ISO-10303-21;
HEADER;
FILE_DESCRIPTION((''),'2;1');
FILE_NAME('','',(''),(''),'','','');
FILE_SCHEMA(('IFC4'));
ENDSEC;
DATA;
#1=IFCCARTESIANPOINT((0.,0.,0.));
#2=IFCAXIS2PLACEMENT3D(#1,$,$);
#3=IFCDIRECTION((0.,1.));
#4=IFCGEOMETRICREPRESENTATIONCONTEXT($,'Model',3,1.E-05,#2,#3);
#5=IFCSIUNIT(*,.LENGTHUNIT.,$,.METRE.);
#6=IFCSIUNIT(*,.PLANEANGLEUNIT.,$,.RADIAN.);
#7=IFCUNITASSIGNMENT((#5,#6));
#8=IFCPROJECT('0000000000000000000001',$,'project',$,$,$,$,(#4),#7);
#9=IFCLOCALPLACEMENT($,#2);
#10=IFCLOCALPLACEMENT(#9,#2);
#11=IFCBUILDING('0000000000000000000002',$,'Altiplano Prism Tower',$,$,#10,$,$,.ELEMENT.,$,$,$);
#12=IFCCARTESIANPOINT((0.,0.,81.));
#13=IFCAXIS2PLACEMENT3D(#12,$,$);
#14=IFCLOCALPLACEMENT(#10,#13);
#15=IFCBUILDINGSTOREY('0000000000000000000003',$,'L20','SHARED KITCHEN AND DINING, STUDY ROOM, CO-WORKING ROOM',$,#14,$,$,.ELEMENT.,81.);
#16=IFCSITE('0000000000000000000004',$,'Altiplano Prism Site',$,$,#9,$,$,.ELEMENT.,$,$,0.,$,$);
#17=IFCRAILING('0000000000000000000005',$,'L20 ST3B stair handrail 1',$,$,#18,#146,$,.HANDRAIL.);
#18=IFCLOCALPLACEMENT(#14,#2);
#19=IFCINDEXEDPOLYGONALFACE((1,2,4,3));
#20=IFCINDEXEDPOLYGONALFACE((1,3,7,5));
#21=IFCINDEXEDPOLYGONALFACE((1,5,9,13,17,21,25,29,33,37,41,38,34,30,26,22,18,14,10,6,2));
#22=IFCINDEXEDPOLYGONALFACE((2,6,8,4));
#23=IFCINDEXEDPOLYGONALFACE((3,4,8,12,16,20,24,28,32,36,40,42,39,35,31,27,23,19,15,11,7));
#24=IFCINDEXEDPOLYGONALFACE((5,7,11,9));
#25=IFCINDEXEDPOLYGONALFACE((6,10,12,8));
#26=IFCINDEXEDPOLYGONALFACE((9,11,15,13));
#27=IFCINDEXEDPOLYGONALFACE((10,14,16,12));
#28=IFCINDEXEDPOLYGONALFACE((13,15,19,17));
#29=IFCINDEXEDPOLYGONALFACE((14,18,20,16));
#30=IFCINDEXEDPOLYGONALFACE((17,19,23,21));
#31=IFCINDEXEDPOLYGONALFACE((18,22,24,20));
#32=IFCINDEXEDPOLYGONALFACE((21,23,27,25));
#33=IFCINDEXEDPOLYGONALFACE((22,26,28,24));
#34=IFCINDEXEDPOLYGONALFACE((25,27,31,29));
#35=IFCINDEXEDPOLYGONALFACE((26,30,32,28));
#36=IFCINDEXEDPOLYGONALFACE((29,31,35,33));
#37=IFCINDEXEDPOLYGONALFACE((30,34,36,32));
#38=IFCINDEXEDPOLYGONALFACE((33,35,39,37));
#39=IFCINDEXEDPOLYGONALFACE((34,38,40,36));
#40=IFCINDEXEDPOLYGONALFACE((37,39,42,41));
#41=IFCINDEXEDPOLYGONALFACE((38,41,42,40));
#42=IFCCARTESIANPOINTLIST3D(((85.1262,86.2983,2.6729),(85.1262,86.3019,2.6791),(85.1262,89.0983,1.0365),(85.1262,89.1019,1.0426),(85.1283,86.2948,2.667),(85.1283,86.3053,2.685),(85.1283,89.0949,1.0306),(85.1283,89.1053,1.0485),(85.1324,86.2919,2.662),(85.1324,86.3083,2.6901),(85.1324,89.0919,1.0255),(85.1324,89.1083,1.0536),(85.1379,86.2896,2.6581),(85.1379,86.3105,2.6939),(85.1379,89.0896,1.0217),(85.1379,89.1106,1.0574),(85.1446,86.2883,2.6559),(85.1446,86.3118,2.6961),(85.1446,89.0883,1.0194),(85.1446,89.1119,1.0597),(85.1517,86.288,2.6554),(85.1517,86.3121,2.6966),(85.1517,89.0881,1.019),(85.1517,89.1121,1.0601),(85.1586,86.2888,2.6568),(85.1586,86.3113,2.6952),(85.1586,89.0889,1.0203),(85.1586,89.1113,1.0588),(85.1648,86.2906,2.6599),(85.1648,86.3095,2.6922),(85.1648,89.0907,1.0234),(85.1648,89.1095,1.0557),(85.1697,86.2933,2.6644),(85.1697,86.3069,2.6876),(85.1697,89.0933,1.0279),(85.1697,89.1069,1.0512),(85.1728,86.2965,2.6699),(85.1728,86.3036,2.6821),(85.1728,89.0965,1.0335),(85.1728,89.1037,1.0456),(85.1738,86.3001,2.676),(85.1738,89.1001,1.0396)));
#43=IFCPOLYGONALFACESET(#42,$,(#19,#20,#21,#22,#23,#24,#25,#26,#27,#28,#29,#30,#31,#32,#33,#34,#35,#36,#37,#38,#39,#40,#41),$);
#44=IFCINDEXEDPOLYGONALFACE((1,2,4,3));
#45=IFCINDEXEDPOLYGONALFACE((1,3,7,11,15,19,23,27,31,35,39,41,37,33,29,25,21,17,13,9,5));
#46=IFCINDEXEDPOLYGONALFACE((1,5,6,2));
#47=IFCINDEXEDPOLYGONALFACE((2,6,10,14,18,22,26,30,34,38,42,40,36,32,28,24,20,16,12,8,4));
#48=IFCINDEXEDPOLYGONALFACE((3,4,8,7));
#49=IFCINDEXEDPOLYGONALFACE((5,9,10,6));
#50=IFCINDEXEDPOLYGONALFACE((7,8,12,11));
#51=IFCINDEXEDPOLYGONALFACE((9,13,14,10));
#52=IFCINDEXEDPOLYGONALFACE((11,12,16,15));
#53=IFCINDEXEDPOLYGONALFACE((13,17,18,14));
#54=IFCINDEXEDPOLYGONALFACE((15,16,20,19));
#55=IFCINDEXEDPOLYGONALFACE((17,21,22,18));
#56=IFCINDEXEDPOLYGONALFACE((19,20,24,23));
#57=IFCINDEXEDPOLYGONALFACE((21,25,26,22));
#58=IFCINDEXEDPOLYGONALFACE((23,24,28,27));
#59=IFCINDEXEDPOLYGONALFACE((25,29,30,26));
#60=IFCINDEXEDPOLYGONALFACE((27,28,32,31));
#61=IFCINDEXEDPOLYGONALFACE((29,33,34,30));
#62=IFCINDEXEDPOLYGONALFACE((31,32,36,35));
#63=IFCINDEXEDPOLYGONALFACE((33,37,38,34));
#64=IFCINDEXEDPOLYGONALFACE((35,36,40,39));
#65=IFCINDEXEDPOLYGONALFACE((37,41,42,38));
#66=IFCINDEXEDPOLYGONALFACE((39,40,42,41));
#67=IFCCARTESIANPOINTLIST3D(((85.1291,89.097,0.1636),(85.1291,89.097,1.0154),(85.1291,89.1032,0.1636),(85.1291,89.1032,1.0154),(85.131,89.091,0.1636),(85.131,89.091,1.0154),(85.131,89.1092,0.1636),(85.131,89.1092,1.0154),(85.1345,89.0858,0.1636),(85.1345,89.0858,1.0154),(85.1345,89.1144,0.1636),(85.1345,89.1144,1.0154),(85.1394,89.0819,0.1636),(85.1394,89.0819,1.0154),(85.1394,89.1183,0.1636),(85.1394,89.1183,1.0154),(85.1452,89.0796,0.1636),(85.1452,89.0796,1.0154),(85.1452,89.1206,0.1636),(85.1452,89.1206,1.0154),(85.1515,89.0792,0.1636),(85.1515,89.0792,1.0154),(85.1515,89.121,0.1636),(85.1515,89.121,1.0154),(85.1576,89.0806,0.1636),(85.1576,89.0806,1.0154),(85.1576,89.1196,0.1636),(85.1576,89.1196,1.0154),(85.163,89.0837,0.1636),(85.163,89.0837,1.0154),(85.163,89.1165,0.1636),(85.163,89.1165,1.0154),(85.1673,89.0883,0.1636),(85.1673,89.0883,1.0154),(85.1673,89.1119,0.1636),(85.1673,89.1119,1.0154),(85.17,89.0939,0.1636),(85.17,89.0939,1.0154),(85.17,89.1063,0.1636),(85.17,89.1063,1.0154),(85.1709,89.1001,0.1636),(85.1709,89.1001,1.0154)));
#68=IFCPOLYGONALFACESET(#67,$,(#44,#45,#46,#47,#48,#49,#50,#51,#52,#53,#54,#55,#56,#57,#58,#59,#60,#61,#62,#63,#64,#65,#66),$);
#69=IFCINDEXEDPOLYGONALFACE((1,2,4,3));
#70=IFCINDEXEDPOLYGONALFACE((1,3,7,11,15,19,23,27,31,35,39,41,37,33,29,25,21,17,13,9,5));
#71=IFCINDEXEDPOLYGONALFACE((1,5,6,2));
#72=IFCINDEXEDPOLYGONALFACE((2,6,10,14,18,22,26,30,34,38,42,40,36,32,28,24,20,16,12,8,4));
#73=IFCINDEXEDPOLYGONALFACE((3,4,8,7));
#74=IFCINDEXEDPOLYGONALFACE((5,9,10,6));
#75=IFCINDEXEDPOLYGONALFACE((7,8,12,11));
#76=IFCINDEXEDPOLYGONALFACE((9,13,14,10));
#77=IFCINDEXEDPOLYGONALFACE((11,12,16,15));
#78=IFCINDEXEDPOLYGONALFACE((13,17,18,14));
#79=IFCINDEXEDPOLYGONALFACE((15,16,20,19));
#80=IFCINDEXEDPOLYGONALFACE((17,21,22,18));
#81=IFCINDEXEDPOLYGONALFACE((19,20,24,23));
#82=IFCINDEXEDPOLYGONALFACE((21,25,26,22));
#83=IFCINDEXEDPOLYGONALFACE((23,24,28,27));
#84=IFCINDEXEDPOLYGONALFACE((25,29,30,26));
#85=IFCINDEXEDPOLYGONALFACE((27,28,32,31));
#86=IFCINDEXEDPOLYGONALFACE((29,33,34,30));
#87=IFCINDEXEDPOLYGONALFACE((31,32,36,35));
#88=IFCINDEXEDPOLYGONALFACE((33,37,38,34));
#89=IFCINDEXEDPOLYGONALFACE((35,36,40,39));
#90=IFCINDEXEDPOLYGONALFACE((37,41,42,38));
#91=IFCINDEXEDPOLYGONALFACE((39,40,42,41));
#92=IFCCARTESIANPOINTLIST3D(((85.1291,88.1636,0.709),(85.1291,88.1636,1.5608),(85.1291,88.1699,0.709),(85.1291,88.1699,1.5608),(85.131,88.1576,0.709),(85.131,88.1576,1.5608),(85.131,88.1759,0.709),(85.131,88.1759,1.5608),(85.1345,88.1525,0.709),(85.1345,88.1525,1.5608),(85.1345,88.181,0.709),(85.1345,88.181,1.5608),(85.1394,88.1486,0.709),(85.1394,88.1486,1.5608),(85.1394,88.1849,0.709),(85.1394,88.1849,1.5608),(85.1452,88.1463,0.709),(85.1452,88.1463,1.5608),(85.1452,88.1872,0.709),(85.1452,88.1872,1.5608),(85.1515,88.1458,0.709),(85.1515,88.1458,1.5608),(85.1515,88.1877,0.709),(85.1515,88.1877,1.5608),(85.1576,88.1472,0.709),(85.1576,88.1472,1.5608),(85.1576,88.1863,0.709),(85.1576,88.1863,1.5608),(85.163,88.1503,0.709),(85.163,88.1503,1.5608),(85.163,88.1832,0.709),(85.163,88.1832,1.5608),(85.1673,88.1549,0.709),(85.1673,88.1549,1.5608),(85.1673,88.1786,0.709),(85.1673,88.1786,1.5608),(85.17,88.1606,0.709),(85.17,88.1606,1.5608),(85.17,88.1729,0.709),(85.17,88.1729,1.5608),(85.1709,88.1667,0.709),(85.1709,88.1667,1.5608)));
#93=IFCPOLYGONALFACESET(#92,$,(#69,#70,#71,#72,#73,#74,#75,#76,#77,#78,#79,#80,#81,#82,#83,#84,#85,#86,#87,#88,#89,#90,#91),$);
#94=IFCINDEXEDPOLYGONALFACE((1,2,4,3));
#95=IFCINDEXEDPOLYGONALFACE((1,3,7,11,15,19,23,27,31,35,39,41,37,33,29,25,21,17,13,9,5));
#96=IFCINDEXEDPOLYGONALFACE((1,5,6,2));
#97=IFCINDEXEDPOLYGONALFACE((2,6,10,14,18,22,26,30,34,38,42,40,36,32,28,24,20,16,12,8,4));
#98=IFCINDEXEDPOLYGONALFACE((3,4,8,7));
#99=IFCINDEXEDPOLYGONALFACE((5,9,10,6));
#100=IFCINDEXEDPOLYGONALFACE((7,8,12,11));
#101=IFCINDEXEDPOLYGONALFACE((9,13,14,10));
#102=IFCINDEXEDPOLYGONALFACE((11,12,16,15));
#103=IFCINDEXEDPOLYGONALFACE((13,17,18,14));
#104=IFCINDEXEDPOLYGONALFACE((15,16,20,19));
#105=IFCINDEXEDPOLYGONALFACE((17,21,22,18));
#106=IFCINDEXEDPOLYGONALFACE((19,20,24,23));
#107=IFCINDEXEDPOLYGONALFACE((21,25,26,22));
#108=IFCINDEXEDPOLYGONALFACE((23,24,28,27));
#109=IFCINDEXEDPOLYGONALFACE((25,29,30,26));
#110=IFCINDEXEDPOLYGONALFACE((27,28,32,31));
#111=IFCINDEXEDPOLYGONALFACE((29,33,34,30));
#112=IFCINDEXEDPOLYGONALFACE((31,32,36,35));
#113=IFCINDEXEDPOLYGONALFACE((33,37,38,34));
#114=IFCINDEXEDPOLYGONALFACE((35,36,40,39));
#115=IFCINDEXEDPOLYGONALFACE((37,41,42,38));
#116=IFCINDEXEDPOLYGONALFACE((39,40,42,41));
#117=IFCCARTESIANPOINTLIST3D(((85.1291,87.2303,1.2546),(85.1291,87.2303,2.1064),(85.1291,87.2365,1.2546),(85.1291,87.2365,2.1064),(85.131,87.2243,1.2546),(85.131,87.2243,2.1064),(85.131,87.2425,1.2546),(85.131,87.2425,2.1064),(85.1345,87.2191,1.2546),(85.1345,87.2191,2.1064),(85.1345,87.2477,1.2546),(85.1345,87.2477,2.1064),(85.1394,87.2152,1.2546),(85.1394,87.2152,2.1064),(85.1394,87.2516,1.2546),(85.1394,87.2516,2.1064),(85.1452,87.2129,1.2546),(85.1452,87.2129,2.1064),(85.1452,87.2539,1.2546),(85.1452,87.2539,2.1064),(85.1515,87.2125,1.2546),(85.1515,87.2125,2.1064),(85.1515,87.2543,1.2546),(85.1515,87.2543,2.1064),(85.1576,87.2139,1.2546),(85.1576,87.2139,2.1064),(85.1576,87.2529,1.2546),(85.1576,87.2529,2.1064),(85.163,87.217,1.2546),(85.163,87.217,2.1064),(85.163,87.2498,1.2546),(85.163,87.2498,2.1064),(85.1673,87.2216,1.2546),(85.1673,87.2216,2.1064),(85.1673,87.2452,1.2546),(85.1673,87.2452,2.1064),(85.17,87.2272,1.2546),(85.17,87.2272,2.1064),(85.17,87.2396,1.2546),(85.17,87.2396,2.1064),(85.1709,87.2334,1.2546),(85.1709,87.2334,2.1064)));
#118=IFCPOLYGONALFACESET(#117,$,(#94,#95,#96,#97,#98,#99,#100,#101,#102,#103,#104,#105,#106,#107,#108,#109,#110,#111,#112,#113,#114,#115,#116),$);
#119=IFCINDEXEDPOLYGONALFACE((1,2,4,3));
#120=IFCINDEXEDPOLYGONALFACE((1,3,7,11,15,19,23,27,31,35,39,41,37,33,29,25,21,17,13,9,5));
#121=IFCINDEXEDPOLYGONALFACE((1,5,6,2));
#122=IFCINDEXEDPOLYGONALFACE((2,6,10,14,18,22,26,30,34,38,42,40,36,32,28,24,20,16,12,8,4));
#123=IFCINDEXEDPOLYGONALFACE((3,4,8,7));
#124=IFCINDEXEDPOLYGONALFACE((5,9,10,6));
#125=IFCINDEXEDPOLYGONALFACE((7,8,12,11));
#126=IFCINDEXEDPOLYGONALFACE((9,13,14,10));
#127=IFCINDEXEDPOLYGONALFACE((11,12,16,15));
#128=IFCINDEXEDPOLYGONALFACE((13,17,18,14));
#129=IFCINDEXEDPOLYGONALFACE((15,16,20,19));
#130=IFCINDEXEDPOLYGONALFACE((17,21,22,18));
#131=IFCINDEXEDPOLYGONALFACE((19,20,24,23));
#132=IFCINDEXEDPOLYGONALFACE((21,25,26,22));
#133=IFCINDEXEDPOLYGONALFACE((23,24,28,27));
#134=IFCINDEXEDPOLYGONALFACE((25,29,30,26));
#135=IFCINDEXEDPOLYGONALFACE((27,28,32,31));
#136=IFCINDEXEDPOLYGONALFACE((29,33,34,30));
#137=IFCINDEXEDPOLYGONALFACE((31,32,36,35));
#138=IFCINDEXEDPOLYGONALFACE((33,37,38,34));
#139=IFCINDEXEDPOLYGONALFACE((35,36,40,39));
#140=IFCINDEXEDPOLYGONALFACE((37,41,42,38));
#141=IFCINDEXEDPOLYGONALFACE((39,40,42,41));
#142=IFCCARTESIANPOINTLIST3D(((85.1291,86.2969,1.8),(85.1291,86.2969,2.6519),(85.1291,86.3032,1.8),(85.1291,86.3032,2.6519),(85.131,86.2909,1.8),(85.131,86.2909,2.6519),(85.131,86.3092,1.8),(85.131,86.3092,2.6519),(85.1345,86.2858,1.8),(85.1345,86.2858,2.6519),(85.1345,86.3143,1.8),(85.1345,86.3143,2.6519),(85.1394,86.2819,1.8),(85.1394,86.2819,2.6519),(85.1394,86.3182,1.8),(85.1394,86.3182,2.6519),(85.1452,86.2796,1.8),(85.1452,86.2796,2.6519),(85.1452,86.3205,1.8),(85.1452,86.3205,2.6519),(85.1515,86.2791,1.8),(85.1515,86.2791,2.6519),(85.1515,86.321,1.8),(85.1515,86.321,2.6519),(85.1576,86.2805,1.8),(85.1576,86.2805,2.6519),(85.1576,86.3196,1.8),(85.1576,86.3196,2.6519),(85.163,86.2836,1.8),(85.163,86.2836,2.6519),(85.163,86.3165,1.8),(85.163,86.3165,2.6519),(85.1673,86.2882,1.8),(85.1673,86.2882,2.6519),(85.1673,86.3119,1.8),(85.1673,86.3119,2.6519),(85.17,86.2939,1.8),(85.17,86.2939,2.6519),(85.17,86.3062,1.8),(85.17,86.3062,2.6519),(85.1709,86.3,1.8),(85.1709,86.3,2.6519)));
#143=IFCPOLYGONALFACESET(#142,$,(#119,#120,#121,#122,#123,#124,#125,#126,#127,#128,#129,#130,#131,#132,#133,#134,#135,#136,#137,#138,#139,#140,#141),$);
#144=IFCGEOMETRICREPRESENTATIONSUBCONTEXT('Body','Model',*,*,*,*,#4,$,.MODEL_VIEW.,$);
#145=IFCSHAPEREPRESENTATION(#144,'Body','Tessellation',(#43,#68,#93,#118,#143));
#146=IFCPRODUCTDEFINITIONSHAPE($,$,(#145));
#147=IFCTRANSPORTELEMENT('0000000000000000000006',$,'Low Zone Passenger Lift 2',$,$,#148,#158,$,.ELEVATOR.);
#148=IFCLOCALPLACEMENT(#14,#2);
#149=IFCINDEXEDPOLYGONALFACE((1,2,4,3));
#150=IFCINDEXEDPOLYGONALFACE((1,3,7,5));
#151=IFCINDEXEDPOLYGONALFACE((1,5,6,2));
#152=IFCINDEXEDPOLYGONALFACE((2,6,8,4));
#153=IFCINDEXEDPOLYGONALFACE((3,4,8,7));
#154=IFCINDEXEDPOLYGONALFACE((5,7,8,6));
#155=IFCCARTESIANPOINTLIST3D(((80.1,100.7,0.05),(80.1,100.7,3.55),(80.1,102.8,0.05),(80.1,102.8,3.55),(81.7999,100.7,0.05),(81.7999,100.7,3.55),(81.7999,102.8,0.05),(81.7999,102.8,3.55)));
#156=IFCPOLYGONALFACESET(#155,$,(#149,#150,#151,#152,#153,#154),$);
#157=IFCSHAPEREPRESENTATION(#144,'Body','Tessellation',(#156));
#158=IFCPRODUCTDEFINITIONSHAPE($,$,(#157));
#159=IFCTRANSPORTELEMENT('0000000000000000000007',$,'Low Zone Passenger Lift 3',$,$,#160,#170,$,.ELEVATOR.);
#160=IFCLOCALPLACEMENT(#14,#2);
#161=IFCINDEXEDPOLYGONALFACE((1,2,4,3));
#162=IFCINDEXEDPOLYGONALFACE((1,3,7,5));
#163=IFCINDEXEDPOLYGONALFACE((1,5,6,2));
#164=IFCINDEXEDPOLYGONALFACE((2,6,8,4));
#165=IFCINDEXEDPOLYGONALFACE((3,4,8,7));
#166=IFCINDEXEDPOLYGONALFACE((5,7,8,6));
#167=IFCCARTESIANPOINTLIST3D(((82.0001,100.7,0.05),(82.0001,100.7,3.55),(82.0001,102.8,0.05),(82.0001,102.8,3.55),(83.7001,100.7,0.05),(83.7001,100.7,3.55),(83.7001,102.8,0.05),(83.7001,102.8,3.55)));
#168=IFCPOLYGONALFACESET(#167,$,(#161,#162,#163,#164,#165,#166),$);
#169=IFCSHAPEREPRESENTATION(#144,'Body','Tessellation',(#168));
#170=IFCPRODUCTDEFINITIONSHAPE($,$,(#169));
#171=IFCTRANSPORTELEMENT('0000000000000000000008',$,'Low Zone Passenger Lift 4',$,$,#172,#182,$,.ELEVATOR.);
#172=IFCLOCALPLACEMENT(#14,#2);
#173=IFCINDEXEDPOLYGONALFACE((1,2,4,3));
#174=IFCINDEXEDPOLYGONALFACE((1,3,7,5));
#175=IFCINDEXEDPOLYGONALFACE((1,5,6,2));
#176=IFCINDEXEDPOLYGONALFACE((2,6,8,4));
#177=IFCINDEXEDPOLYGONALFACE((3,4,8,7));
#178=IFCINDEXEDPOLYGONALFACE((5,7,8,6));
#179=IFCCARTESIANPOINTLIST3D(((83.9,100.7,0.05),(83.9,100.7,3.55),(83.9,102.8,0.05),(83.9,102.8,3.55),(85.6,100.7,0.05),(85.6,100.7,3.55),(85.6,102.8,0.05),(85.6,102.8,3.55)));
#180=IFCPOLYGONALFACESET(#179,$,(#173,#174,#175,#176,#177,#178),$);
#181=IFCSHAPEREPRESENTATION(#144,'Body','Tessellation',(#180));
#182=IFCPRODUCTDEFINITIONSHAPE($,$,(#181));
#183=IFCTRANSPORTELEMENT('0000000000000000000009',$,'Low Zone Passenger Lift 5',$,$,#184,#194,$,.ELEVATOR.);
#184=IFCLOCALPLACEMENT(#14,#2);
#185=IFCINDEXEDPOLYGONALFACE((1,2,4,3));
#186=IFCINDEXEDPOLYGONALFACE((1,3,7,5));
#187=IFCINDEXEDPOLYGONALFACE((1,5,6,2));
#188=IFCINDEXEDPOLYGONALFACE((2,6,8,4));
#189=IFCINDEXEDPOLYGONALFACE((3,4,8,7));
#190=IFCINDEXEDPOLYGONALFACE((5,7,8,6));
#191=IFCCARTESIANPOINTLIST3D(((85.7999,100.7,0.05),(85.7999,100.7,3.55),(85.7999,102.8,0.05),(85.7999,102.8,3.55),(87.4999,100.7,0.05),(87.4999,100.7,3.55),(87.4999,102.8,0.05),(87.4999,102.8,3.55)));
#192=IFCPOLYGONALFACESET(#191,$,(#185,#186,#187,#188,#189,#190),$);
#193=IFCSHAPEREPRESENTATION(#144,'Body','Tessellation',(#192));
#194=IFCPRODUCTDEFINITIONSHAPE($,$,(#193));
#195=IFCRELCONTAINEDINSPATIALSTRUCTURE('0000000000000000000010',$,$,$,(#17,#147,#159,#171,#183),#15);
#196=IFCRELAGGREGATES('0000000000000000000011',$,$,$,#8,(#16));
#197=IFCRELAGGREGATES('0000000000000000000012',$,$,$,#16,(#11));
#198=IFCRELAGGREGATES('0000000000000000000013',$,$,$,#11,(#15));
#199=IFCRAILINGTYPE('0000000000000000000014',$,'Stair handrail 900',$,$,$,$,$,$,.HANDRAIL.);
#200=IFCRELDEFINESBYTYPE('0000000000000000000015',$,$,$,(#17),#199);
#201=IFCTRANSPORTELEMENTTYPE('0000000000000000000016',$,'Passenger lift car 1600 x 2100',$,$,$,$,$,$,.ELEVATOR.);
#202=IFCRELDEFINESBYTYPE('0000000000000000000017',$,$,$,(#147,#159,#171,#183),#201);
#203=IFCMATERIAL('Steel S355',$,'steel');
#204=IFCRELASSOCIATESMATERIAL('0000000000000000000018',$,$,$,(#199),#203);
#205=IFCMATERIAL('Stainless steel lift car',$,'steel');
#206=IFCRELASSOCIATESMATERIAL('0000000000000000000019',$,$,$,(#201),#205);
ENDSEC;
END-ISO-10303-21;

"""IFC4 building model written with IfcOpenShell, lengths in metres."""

from ifc_helpers import new_model, si_unit, direction, frame, origin, origin_2d, place, context, subcontext, project, spatial, rectangle, circle, extrude, material, type_object, element, save


model = new_model("IFC4")

# Units and contexts
model_context = context("Model", 3, precision=1e-05, world=origin(), true_north=direction((0.0, 1.0)))
body_context = subcontext(model_context, "Body", "Model", "MODEL_VIEW")
ifc_project = project(units=[si_unit("LENGTHUNIT", "METRE"), si_unit("PLANEANGLEUNIT", "RADIAN")], contexts=[model_context])

# Site, building, storey
site_placement = place(None, origin())
site = spatial("IfcSite", under=ifc_project, at=site_placement, Name="Altiplano Prism Site", CompositionType="ELEMENT", RefElevation=0.0)
building_placement = place(site_placement, origin())
building = spatial("IfcBuilding", under=site, at=building_placement, Name="Altiplano Prism Tower", CompositionType="ELEMENT")
storey_placement = place(building_placement, frame((0.0, 0.0, 81.0)))
storey = spatial("IfcBuildingStorey", under=building, at=storey_placement, Name="L20", Description="SHARED KITCHEN AND DINING, STUDY ROOM, CO-WORKING ROOM", CompositionType="ELEMENT", Elevation=81.0)

# Railing
ifc_material_1 = material(Name="Steel S355", Category="steel")
railing_type_1 = type_object("IfcRailingType", Name="Stair handrail 900", PredefinedType="HANDRAIL", material=ifc_material_1)
for number, where, name in (
    (1, (85.1499, 89.1001, 0.1636), "L20 ST3B stair handrail 1"),
):
    element("IfcRailing", number, at=place(storey_placement, frame(where)), inside=storey, type_object=railing_type_1, Name=name, PredefinedType="HANDRAIL", context=body_context, shape_type="SweptSolid", body=[
        extrude(circle(Radius=0.0239, at=origin_2d()), frame((0.0, 0.0, 0.876), z_axis=(0.0, -0.863361, 0.504587), x_axis=(1.0, 0.0, 0.0)), (0.0, 0.0, 1.0), 3.2432),
        extrude(circle(Radius=0.021, at=origin_2d()), origin(), (0.0, 0.0, 1.0), 0.8518),
        extrude(circle(Radius=0.021, at=origin_2d()), frame((0.0, -0.9333, 0.5454)), (0.0, 0.0, 1.0), 0.8518),
        extrude(circle(Radius=0.021, at=origin_2d()), frame((0.0, -1.8667, 1.0911)), (0.0, 0.0, 1.0), 0.8518),
        extrude(circle(Radius=0.021, at=origin_2d()), frame((0.0, -2.8, 1.6365)), (0.0, 0.0, 1.0), 0.8518),
    ])

# Transport elements
ifc_material_2 = material(Name="Stainless steel lift car", Category="steel")
transport_element_type = type_object("IfcTransportElementType", Name="Passenger lift car 1600 x 2100", PredefinedType="ELEVATOR", material=ifc_material_2)
for number, where, z_axis, x_axis, name in (
    (2, (80.95, 101.75, 0.05), (0.0, 0.0, 1.0), (1.0, 0.0, 0.0), "Low Zone Passenger Lift 2"),
    (3, (82.8501, 101.75, 0.05), (0.0, 0.0, 1.0), (1.0, 0.0, 0.0), "Low Zone Passenger Lift 3"),
    (4, (84.75, 101.75, 0.05), (0.0, 0.0, 1.0), (1.0, 0.0, 0.0), "Low Zone Passenger Lift 4"),
    (5, (86.6499, 101.75, 0.05), (0.0, 0.0, 1.0), (1.0, 0.0, 0.0), "Low Zone Passenger Lift 5"),
):
    element("IfcTransportElement", number, at=place(storey_placement, frame(where, z_axis=z_axis, x_axis=x_axis)), inside=storey, type_object=transport_element_type, Name=name, PredefinedType="ELEVATOR", context=body_context, shape_type="SweptSolid", body=[
        extrude(rectangle(XDim=1.7, YDim=2.1001, at=origin_2d()), origin(), (0.0, 0.0, 1.0), 3.5),
    ])

save(model, "model.ifc")
